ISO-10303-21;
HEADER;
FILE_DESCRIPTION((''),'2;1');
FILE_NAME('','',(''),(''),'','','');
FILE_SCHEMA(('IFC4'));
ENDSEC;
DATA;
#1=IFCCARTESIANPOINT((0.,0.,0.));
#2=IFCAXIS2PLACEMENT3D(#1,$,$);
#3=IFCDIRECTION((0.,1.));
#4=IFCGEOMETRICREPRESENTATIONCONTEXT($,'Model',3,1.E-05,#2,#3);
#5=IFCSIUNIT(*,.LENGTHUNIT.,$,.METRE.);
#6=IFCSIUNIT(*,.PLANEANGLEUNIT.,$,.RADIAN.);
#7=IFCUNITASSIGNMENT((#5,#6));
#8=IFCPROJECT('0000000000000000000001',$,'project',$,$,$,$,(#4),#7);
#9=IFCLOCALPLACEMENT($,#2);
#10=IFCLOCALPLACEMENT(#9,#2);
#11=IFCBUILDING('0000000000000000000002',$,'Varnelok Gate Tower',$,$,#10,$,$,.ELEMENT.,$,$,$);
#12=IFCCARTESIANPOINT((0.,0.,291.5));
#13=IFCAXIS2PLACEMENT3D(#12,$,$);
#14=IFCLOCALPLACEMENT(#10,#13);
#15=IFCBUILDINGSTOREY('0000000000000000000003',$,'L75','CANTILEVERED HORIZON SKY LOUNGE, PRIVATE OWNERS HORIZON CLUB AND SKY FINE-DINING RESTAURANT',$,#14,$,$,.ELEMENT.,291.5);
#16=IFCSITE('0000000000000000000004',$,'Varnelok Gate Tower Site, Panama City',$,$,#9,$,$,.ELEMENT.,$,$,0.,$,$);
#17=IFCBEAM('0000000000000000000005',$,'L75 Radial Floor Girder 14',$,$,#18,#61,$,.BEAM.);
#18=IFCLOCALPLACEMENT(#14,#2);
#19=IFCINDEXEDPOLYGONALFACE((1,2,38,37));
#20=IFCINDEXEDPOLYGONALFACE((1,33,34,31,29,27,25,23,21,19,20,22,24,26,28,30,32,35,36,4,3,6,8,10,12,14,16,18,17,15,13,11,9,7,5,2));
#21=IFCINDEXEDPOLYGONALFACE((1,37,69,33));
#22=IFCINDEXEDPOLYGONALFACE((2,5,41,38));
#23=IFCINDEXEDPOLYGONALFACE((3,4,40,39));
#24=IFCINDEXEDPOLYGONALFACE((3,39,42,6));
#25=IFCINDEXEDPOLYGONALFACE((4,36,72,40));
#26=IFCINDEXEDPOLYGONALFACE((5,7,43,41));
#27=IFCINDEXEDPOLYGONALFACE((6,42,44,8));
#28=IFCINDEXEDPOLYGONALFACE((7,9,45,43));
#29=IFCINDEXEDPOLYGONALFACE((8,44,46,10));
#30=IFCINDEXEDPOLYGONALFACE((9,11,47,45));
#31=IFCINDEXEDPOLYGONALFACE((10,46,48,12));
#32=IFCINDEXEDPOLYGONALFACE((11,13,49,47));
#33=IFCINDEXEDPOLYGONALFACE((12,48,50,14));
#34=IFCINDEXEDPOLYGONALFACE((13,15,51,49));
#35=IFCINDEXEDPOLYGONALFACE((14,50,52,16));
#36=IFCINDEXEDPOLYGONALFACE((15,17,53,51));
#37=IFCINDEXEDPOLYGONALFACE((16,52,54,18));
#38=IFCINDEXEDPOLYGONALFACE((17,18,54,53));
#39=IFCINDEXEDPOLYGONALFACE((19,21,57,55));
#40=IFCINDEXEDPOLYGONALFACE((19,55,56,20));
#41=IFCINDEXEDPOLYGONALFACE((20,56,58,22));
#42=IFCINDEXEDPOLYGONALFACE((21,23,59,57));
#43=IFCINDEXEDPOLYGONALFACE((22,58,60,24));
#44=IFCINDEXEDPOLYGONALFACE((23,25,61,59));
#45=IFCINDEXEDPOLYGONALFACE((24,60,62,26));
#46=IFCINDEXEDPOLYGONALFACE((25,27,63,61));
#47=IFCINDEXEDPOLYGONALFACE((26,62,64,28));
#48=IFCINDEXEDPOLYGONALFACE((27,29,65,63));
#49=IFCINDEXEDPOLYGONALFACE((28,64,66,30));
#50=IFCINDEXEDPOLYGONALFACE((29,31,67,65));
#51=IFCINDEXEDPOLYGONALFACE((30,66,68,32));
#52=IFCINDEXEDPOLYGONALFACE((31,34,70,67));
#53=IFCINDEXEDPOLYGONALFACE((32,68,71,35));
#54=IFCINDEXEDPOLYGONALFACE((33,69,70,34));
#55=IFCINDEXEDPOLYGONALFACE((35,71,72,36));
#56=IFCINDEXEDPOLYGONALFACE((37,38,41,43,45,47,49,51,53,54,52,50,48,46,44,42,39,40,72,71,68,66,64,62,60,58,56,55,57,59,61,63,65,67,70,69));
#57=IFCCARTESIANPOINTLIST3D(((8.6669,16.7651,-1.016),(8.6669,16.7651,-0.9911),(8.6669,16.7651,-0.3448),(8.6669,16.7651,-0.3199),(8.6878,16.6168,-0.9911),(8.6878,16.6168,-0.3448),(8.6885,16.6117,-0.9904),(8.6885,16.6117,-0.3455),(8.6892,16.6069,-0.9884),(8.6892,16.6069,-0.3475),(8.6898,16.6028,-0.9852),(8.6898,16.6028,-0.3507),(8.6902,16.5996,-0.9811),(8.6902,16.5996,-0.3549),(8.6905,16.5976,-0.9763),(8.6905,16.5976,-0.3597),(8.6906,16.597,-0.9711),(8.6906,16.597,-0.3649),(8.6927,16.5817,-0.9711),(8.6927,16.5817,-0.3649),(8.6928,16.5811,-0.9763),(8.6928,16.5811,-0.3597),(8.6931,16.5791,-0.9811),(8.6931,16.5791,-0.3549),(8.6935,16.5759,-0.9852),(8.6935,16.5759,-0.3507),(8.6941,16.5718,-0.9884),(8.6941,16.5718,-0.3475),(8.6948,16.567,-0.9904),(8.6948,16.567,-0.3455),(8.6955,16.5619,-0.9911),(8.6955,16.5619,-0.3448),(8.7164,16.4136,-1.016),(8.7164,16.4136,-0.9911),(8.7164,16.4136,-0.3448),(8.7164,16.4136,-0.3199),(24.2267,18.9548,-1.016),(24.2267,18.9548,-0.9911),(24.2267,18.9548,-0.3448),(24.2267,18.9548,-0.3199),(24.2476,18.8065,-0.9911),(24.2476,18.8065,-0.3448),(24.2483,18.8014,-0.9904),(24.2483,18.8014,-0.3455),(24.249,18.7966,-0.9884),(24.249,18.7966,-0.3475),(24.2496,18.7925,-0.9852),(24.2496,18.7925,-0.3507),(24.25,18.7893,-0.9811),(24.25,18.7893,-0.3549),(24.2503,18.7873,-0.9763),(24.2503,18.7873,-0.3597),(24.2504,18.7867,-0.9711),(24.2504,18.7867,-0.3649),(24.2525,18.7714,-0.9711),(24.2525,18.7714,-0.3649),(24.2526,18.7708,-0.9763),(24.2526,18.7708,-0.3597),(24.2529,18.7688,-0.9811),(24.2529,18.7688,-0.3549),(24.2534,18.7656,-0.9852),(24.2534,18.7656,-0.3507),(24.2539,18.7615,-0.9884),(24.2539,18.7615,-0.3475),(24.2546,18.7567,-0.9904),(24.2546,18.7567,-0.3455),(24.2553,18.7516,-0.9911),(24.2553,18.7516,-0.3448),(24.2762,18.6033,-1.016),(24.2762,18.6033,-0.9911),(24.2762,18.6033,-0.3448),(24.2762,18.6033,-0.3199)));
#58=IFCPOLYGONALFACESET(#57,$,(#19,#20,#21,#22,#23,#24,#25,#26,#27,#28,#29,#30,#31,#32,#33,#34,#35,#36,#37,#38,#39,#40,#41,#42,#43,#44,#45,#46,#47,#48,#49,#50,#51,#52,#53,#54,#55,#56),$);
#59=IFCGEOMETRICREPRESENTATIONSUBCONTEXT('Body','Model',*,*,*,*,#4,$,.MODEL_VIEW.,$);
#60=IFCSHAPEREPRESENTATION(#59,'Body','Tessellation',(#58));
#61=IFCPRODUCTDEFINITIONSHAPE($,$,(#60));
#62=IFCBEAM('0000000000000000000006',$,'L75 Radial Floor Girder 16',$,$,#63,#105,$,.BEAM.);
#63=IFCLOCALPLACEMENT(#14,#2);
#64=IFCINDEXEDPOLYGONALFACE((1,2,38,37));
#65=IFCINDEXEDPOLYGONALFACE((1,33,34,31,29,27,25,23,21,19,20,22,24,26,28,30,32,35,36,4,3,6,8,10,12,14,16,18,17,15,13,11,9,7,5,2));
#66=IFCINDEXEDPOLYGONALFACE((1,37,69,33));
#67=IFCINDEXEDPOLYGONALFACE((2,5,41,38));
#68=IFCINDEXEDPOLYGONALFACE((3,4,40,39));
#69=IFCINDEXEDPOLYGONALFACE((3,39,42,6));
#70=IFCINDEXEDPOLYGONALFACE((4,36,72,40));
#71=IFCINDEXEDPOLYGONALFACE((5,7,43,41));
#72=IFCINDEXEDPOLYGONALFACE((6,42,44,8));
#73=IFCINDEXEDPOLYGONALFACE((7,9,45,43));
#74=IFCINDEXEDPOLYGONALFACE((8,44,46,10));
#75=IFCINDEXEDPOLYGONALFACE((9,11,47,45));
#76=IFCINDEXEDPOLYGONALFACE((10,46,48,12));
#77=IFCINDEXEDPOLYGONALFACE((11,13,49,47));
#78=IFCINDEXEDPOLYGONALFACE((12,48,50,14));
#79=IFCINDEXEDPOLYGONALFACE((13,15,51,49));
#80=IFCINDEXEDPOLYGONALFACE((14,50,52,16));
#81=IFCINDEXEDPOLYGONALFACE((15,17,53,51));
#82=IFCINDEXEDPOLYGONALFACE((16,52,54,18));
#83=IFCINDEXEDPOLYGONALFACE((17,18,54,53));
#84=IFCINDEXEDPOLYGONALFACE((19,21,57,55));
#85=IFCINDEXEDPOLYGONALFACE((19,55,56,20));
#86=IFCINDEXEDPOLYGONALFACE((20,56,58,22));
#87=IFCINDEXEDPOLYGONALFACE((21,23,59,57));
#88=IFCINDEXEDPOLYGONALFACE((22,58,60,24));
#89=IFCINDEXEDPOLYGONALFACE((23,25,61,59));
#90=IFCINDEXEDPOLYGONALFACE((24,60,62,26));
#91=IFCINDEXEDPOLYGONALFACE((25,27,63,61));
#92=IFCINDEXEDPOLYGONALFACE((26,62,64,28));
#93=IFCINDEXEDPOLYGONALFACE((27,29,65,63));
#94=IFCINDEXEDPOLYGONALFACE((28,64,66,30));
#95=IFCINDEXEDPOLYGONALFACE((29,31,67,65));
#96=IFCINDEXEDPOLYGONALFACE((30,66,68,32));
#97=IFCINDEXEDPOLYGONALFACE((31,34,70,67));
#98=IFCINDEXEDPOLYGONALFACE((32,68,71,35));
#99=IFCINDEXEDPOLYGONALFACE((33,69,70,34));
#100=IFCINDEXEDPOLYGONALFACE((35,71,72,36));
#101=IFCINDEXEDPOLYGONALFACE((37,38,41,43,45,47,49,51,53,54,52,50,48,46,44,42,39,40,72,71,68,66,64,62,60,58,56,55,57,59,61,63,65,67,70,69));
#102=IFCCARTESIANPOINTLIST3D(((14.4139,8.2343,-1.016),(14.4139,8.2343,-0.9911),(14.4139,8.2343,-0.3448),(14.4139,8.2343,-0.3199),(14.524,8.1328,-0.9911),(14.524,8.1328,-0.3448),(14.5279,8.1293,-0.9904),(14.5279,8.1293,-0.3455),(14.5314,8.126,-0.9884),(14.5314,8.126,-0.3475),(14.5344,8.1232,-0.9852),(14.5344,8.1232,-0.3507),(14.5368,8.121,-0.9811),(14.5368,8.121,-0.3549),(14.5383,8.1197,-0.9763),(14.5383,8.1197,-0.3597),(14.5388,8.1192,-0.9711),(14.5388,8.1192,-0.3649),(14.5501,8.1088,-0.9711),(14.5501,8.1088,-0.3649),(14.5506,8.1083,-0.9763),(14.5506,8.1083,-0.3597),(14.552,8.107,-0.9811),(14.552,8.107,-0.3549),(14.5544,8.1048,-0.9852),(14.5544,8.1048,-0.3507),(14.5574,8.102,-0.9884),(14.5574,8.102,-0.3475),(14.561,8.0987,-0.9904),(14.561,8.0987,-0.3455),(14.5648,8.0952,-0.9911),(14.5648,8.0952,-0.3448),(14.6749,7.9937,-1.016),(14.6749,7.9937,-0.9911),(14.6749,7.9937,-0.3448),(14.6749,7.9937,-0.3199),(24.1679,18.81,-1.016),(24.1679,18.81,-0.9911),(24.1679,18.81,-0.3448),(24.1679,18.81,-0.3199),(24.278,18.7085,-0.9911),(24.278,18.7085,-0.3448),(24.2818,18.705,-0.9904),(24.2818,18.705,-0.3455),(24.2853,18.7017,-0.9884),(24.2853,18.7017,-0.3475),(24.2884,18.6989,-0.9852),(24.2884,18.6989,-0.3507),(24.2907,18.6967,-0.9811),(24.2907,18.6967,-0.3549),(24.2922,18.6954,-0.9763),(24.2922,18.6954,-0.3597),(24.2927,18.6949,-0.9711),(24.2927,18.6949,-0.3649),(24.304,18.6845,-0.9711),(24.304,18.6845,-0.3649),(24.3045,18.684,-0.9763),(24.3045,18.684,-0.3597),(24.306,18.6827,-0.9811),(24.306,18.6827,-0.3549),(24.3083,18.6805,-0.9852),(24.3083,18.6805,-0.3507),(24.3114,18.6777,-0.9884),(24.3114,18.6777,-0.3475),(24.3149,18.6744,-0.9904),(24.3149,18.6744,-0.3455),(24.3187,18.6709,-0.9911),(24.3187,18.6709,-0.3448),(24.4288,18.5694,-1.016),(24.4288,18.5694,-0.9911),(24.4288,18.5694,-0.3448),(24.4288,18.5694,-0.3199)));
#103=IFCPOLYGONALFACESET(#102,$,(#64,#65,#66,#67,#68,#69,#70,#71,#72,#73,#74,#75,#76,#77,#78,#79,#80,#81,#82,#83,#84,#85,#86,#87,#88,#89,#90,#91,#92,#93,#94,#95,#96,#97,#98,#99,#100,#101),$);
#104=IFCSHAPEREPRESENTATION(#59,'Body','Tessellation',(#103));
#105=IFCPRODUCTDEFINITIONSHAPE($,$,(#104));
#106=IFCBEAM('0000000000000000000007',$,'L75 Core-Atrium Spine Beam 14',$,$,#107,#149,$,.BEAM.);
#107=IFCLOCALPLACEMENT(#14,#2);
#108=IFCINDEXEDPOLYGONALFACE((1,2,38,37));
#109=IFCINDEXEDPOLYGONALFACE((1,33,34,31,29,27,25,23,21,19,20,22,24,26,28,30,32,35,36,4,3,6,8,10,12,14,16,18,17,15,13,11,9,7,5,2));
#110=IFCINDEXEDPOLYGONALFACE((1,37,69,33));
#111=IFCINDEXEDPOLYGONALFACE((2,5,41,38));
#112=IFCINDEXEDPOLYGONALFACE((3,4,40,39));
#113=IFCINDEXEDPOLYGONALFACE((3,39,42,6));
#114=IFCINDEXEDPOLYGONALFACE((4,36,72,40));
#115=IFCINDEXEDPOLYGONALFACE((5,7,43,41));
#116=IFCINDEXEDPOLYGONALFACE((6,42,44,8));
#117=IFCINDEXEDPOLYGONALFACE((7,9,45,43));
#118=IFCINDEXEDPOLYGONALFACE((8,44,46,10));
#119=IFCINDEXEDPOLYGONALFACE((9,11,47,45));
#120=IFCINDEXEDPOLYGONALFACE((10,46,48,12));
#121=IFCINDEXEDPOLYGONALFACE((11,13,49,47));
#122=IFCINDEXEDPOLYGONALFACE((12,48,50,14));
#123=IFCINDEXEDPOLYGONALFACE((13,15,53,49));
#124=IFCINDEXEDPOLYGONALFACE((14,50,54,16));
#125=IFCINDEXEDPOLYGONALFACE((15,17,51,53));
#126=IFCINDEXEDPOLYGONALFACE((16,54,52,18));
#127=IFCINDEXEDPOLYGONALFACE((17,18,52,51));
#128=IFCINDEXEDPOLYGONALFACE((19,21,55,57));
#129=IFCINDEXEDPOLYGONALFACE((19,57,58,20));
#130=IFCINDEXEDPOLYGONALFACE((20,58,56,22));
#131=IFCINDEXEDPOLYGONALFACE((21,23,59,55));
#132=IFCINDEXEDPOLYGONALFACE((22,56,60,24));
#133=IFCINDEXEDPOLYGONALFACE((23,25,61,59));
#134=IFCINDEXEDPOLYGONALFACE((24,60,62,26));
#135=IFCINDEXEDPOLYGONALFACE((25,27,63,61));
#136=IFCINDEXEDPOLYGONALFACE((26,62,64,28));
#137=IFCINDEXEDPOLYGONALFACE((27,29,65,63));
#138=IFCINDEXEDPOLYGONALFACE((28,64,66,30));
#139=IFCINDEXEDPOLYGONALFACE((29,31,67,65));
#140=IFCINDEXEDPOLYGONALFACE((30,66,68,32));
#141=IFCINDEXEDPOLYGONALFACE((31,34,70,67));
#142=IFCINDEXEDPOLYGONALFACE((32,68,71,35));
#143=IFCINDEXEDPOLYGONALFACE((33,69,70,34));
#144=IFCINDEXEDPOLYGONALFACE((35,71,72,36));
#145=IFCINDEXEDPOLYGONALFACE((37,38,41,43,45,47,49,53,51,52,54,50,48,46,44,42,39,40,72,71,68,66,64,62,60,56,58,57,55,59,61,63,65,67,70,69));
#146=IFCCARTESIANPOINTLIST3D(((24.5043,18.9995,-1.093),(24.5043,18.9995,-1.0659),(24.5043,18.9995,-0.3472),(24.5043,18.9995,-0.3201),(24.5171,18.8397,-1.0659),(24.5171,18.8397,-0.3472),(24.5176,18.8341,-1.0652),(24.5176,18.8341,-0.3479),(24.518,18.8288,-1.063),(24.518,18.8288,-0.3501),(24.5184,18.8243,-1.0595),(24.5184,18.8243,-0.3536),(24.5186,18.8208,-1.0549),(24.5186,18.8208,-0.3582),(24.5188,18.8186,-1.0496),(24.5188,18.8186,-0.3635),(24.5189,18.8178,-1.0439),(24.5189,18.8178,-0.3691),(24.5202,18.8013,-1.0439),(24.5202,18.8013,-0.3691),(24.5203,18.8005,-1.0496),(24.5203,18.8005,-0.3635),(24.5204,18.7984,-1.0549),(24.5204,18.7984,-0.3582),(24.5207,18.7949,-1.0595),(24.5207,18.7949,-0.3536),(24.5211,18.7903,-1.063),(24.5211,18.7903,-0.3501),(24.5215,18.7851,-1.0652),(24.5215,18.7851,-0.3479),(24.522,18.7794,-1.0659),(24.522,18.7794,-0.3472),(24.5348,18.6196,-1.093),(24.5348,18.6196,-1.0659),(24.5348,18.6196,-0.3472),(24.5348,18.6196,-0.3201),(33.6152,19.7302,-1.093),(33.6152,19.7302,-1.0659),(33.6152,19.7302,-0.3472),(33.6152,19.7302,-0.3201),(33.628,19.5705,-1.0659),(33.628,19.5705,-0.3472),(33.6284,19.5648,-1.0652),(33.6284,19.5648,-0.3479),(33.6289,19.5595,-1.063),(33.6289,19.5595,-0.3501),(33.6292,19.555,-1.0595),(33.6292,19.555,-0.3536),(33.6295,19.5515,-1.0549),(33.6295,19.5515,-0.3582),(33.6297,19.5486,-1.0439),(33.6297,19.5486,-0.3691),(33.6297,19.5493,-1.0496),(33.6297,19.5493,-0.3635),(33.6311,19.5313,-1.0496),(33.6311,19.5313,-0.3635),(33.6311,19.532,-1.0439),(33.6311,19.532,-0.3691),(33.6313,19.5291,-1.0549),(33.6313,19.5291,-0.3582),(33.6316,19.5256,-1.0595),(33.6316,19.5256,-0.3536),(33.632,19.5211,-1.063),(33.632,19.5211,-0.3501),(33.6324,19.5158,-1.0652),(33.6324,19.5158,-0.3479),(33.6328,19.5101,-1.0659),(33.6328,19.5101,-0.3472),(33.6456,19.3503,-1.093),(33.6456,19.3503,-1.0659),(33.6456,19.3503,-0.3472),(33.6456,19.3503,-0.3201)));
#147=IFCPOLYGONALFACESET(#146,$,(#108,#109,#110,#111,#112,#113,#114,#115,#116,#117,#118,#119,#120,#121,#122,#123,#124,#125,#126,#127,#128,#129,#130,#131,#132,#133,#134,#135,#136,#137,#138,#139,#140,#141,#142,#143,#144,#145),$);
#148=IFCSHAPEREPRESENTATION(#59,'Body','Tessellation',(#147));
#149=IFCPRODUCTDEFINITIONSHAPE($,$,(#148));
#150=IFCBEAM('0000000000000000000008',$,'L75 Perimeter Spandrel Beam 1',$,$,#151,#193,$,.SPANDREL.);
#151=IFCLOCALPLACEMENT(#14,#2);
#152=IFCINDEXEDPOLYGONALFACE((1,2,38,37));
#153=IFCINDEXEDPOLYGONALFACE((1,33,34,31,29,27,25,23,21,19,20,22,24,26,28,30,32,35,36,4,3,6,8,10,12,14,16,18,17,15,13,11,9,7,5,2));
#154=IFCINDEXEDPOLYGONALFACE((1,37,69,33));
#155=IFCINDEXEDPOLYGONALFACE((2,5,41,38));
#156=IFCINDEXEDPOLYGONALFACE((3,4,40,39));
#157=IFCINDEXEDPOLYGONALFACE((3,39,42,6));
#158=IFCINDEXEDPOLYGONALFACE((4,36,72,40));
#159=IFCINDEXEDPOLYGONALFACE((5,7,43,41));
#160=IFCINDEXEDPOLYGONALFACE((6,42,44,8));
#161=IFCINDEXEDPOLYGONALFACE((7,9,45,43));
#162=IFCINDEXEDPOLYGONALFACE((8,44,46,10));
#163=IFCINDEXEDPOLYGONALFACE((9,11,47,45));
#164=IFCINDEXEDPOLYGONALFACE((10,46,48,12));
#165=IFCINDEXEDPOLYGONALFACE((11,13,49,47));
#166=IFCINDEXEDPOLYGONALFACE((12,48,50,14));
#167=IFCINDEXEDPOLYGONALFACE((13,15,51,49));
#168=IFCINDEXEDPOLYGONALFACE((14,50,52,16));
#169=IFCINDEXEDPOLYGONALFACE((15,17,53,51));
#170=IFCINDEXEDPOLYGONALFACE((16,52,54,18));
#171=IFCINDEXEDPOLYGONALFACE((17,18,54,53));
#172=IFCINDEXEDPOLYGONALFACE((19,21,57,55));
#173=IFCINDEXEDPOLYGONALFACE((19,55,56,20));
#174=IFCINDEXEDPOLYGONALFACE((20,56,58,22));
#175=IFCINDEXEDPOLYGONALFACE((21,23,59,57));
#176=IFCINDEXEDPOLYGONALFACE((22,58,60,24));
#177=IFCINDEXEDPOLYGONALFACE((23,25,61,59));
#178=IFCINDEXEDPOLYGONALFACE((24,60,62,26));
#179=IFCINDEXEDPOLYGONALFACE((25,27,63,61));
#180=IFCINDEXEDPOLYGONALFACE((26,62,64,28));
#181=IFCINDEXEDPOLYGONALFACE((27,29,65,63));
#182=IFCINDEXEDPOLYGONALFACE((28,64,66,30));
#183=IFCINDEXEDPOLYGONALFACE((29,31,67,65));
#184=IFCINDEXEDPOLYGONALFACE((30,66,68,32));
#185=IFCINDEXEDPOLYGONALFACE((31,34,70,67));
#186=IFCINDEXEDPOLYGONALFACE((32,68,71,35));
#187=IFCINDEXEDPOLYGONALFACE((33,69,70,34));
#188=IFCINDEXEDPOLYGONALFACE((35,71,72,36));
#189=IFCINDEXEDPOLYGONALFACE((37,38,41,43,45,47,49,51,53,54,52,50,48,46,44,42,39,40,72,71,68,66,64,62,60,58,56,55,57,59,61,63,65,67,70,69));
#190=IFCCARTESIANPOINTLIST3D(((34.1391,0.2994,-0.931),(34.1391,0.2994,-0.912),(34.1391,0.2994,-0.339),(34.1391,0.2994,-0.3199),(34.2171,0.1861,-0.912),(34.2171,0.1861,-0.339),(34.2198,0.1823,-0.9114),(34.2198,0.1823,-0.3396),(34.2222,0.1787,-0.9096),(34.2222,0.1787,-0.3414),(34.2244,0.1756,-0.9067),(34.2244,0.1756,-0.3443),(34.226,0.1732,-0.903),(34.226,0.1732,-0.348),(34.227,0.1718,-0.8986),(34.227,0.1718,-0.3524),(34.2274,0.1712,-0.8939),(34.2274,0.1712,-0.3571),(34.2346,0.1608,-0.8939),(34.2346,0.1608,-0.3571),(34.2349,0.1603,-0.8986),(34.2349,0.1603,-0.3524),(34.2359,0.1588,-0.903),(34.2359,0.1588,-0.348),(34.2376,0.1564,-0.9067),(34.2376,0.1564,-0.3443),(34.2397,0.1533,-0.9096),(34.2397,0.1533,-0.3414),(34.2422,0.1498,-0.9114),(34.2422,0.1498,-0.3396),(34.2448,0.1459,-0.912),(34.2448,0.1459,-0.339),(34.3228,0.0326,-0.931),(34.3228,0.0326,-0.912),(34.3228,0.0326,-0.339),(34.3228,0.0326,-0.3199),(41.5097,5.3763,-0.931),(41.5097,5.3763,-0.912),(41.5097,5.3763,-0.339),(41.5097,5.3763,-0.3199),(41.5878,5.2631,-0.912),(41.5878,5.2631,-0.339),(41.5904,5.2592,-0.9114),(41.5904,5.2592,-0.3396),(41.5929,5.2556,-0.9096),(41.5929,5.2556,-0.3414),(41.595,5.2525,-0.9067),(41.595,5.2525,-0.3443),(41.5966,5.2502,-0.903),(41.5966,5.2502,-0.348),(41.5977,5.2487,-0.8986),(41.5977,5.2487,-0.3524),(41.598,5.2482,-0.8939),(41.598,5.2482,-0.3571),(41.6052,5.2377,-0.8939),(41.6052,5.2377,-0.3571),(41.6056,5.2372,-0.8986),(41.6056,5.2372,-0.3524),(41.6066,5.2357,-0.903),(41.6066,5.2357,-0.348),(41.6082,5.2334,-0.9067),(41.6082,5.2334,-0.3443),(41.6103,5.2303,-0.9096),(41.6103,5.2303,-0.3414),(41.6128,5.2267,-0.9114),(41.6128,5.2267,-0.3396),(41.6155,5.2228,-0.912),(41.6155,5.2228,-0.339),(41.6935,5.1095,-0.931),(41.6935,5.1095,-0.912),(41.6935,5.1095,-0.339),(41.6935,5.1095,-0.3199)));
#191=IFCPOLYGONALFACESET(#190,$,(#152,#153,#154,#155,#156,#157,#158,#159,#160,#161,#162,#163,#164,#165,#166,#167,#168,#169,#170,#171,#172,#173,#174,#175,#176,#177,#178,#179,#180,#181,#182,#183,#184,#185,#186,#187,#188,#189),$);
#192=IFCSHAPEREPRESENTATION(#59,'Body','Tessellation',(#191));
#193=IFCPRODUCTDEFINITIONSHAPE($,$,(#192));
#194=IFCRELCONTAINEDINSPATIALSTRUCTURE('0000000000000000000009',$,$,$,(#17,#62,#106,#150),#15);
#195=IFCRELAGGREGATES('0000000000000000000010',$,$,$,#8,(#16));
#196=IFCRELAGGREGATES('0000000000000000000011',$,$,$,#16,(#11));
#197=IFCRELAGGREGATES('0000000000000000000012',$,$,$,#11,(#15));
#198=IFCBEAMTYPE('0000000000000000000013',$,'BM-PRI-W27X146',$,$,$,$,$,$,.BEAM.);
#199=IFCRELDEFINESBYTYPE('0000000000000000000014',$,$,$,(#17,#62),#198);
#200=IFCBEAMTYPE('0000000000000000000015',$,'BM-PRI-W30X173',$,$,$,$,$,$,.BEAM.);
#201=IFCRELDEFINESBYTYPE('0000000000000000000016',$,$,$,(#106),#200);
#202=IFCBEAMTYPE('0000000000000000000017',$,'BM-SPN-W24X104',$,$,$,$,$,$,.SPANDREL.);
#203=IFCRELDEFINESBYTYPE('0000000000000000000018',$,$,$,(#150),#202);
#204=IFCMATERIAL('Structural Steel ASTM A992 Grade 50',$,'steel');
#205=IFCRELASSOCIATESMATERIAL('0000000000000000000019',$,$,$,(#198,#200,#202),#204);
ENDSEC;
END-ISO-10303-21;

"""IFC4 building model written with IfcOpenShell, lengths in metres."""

from ifc_helpers import new_model, si_unit, direction, frame, origin, origin_2d, place, context, subcontext, project, spatial, i_section, extrude, material, material_profile, profile_set, type_object, element, save


model = new_model("IFC4")

# Units and contexts
model_context = context("Model", 3, precision=1e-05, world=origin(), true_north=direction((0.0, 1.0)))
body_context = subcontext(model_context, "Body", "Model", "MODEL_VIEW")
ifc_project = project(units=[si_unit("LENGTHUNIT", "METRE"), si_unit("PLANEANGLEUNIT", "RADIAN")], contexts=[model_context])

# Site, building, storey
site_placement = place(None, origin())
site = spatial("IfcSite", under=ifc_project, at=site_placement, Name="Varnelok Gate Tower Site, Panama City", CompositionType="ELEMENT", RefElevation=0.0)
building_placement = place(site_placement, origin())
building = spatial("IfcBuilding", under=site, at=building_placement, Name="Varnelok Gate Tower", CompositionType="ELEMENT")
storey_placement = place(building_placement, frame((0.0, 0.0, 291.5)))
storey = spatial("IfcBuildingStorey", under=building, at=storey_placement, Name="L75", Description="CANTILEVERED HORIZON SKY LOUNGE, PRIVATE OWNERS HORIZON CLUB AND SKY FINE-DINING RESTAURANT", CompositionType="ELEMENT", Elevation=291.5)

# Shared definitions
ifc_material_1 = material(Name="Structural Steel ASTM A992 Grade 50", Category="steel")

# Beams
ifc_material_profile_1 = material_profile(ifc_material_1, i_section(OverallWidth=0.355, OverallDepth=0.696, WebThickness=0.0154, FlangeThickness=0.0249, FilletRadius=0.02, at=origin_2d()), Name="W27X146")
ifc_profile_set_1 = profile_set([ifc_material_profile_1], Name="Structural Steel ASTM A992 Grade 50")
beam_type_1 = type_object("IfcBeamType", Name="BM-PRI-W27X146", PredefinedType="BEAM", material=ifc_profile_set_1)
beam_1_placement = place(storey_placement, frame((24.2515, 18.7791, -0.668), z_axis=(-0.990243, -0.139355, 0.0), x_axis=(0.139355, -0.990243, 0.0)))
element("IfcBeam", 1, at=beam_1_placement, inside=storey, type_object=beam_type_1, Name="L75 Radial Floor Girder 14", PredefinedType="BEAM", context=body_context, shape_type="SweptSolid", body=[
    extrude(i_section(OverallWidth=0.355, OverallDepth=0.696, WebThickness=0.0154, FlangeThickness=0.0249, FilletRadius=0.02, at=origin_2d()), origin(), (0.0, 0.0, 1.0), 15.7131),
])
beam_2_placement = place(storey_placement, frame((24.2983, 18.6897, -0.668), z_axis=(-0.67797, -0.73509, 0.0), x_axis=(0.73509, -0.67797, 0.0)))
element("IfcBeam", 2, at=beam_2_placement, inside=storey, type_object=beam_type_1, Name="L75 Radial Floor Girder 16", PredefinedType="BEAM", context=body_context, shape_type="SweptSolid", body=[
    extrude(i_section(OverallWidth=0.355, OverallDepth=0.696, WebThickness=0.0154, FlangeThickness=0.0249, FilletRadius=0.02, at=origin_2d()), origin(), (0.0, 0.0, 1.0), 14.387),
])
ifc_material_profile_2 = material_profile(ifc_material_1, i_section(OverallWidth=0.3811, OverallDepth=0.7729, WebThickness=0.0166, FlangeThickness=0.0271, FilletRadius=0.022, at=origin_2d()), Name="W30X173")
ifc_profile_set_2 = profile_set([ifc_material_profile_2], Name="Structural Steel ASTM A992 Grade 50")
beam_type_2 = type_object("IfcBeamType", Name="BM-PRI-W30X173", PredefinedType="BEAM", material=ifc_profile_set_2)
beam_3_placement = place(storey_placement, frame((24.5195, 18.8096, -0.7065), z_axis=(0.996799, 0.079946, 0.0), x_axis=(-0.079946, 0.996799, 0.0)))
element("IfcBeam", 3, at=beam_3_placement, inside=storey, type_object=beam_type_2, Name="L75 Core-Atrium Spine Beam 14", PredefinedType="BEAM", context=body_context, shape_type="SweptSolid", body=[
    extrude(i_section(OverallWidth=0.3811, OverallDepth=0.7729, WebThickness=0.0166, FlangeThickness=0.0271, FilletRadius=0.022, at=origin_2d()), origin(), (0.0, 0.0, 1.0), 9.1401),
])
ifc_material_profile_3 = material_profile(ifc_material_1, i_section(OverallWidth=0.324, OverallDepth=0.6111, WebThickness=0.0127, FlangeThickness=0.019, FilletRadius=0.0181, at=origin_2d()), Name="W24X104")
ifc_profile_set_3 = profile_set([ifc_material_profile_3], Name="Structural Steel ASTM A992 Grade 50")
beam_type_3 = type_object("IfcBeamType", Name="BM-SPN-W24X104", PredefinedType="SPANDREL", material=ifc_profile_set_3)
beam_4_placement = place(storey_placement, frame((34.231, 0.166, -0.6255), z_axis=(0.82354, 0.567258, 0.0), x_axis=(-0.567258, 0.82354, 0.0)))
element("IfcBeam", 4, at=beam_4_placement, inside=storey, type_object=beam_type_3, Name="L75 Perimeter Spandrel Beam 1", PredefinedType="SPANDREL", context=body_context, shape_type="SweptSolid", body=[
    extrude(i_section(OverallWidth=0.324, OverallDepth=0.6111, WebThickness=0.0127, FlangeThickness=0.019, FilletRadius=0.0181, at=origin_2d()), origin(), (0.0, 0.0, 1.0), 8.95),
])

save(model, "model.ifc")
